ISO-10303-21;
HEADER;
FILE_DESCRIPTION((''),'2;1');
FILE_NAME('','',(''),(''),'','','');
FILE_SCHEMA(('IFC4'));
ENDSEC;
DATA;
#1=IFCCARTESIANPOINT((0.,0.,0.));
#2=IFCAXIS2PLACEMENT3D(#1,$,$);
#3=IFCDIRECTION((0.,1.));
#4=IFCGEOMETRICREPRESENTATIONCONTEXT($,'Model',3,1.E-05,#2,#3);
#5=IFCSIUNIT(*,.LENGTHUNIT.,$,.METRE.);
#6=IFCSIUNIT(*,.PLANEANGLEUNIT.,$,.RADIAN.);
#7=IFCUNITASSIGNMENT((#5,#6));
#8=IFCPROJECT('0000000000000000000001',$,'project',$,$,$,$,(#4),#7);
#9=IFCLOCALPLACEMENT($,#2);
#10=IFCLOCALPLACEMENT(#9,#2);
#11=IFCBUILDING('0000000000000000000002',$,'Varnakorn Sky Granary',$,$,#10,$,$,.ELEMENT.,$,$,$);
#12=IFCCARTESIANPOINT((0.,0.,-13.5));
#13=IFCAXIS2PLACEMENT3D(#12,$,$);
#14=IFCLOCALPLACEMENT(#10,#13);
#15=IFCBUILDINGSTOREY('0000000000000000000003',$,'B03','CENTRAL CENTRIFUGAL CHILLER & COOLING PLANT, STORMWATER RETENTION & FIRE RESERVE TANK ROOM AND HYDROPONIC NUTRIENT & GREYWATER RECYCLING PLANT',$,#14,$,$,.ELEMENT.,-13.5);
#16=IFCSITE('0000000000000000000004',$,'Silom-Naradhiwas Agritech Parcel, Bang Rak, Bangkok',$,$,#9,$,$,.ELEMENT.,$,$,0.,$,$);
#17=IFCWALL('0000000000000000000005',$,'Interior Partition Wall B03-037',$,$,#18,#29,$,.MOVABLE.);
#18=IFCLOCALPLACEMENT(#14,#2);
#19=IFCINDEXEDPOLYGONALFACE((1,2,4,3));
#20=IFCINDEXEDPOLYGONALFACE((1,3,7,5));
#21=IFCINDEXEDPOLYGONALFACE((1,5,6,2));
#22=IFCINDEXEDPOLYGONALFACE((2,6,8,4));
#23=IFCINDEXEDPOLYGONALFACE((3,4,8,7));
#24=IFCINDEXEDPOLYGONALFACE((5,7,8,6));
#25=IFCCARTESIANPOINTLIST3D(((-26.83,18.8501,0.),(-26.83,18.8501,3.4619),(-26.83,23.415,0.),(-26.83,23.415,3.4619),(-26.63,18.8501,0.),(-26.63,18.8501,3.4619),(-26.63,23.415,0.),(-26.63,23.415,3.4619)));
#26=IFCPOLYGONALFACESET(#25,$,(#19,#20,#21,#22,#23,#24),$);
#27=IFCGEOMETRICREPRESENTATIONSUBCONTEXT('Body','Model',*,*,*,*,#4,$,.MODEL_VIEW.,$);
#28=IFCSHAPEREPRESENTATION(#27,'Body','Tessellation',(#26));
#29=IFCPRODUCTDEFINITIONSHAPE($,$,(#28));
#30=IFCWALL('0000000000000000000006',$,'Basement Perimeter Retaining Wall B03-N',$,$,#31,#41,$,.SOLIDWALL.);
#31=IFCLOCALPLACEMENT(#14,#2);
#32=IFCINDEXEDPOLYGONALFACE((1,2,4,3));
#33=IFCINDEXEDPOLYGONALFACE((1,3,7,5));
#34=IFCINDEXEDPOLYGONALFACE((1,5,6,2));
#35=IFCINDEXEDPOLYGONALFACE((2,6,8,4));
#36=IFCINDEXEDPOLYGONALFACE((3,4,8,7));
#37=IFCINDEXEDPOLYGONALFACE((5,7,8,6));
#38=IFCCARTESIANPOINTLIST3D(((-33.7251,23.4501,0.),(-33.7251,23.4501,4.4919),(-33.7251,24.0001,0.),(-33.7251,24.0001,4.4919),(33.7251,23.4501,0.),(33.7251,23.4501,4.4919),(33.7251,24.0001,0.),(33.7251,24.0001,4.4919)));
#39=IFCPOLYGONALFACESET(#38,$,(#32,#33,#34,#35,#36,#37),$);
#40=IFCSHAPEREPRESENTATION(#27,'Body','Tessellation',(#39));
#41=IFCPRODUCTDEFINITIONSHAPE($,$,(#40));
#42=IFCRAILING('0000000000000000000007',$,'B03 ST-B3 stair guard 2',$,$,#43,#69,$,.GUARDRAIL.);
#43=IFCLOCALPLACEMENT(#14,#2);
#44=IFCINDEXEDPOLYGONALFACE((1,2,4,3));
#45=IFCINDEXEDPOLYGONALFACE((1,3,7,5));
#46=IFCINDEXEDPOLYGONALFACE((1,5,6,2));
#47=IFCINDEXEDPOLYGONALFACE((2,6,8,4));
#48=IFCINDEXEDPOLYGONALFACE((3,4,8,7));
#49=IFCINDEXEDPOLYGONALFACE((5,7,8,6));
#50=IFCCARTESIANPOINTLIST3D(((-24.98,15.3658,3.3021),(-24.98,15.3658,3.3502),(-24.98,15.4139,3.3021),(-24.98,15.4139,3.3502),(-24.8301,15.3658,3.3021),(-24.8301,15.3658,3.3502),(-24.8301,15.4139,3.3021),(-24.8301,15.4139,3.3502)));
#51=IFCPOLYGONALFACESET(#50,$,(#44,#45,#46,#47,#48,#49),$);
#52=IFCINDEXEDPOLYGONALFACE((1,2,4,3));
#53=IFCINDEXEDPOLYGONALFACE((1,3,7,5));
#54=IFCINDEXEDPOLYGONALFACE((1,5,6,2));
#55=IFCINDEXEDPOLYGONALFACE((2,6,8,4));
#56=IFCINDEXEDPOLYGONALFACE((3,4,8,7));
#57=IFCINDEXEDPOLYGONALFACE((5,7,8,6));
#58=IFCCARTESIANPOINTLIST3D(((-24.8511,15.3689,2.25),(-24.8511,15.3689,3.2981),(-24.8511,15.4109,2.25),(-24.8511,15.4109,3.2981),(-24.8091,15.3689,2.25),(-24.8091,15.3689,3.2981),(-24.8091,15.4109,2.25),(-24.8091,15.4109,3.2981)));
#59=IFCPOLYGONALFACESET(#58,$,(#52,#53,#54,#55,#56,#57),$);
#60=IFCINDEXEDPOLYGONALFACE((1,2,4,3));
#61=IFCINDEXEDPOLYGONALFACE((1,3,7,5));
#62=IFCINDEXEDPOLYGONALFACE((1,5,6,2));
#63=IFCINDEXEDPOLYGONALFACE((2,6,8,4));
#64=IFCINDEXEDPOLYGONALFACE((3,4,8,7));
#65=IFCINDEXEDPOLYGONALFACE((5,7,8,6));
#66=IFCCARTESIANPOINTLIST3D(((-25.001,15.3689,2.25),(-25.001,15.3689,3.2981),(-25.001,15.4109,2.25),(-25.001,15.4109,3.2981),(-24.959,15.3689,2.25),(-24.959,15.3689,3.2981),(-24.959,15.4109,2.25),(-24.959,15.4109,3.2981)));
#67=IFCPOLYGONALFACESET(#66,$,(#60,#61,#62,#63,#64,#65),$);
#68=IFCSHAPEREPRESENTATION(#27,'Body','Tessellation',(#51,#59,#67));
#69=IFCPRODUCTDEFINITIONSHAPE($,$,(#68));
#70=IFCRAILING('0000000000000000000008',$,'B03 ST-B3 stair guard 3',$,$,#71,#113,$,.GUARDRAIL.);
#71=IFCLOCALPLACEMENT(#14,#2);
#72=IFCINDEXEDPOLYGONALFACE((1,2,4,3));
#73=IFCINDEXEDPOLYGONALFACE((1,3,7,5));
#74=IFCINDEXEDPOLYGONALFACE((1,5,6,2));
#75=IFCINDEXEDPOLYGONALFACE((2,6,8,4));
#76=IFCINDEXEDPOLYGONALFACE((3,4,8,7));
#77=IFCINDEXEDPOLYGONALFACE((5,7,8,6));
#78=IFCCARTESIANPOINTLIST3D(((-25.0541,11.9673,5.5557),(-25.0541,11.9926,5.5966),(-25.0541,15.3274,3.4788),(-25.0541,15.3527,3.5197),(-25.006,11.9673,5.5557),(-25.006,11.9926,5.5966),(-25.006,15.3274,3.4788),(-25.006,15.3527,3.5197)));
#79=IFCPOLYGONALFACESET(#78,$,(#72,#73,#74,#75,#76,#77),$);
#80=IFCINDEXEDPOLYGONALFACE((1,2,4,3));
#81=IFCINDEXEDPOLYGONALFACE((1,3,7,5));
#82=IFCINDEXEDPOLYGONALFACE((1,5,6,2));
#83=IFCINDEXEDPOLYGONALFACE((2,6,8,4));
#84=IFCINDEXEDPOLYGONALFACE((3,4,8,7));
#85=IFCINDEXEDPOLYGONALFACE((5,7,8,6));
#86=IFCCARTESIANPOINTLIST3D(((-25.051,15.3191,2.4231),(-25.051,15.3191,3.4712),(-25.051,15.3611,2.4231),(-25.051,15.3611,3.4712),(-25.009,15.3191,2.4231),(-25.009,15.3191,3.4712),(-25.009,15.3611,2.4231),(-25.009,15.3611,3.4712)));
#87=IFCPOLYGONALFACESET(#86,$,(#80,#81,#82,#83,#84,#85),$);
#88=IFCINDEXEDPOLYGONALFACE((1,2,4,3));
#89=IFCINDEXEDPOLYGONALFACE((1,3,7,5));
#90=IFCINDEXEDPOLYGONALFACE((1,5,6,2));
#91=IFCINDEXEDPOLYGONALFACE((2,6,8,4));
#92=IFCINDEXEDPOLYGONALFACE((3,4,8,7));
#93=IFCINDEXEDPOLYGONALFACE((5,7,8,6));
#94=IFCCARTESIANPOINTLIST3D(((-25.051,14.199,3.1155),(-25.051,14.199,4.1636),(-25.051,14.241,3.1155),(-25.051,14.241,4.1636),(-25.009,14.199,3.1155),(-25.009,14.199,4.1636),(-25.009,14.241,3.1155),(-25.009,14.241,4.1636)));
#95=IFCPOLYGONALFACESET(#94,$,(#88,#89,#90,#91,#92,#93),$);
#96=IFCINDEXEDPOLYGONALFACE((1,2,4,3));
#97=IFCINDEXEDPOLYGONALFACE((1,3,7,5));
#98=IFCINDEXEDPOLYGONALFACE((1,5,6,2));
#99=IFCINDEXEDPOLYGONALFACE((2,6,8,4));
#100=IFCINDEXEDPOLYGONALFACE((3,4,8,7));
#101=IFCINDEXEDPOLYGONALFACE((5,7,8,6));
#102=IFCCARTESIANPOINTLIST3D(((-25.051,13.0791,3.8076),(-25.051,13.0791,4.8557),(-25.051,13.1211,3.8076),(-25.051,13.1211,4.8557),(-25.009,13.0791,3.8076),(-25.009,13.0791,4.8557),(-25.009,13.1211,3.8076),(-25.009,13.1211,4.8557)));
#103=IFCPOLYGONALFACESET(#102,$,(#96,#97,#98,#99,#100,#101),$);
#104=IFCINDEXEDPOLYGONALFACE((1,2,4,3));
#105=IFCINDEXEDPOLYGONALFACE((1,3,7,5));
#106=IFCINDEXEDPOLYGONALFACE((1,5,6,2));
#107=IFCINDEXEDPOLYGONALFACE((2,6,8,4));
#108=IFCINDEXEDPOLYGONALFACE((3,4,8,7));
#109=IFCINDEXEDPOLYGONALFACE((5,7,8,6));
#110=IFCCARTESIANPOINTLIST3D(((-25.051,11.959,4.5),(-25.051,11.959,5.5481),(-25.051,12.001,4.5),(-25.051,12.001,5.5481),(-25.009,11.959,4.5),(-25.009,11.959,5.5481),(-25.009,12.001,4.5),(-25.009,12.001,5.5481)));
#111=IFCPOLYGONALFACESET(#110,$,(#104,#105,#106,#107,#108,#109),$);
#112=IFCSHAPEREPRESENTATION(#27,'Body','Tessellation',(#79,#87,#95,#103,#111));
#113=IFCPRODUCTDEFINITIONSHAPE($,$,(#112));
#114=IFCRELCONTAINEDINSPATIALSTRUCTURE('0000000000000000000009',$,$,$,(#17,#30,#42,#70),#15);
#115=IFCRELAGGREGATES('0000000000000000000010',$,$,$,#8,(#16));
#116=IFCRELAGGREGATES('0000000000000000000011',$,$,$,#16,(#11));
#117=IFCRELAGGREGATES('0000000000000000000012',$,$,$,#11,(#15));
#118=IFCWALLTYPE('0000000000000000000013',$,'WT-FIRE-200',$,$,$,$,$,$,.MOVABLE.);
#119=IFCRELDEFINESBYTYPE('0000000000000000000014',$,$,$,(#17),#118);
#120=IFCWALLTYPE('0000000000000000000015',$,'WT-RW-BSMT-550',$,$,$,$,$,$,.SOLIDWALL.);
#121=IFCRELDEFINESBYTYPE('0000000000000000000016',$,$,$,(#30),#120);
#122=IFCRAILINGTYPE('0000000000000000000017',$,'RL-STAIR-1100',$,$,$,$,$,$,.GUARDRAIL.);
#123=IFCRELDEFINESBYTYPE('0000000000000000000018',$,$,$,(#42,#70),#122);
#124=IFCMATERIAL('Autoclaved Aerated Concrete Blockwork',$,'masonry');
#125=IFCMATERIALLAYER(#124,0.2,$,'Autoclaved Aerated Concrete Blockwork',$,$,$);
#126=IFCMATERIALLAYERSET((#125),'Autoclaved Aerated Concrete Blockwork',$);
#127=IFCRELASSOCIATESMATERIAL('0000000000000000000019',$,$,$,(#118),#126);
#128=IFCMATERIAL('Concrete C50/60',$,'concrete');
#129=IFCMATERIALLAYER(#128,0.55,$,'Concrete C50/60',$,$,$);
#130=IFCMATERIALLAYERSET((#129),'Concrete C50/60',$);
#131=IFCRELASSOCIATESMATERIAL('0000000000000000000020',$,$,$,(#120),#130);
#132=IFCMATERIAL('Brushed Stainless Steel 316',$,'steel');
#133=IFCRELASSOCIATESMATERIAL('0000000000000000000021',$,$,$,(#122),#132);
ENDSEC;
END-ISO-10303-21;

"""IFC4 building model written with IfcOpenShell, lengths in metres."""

from ifc_helpers import new_model, si_unit, direction, frame, frame_2d, origin, origin_2d, place, context, subcontext, project, spatial, rectangle, extrude, material, layer, layer_set, type_object, element, save


model = new_model("IFC4")

# Units and contexts
model_context = context("Model", 3, precision=1e-05, world=origin(), true_north=direction((0.0, 1.0)))
body_context = subcontext(model_context, "Body", "Model", "MODEL_VIEW")
ifc_project = project(units=[si_unit("LENGTHUNIT", "METRE"), si_unit("PLANEANGLEUNIT", "RADIAN")], contexts=[model_context])

# Site, building, storey
site_placement = place(None, origin())
site = spatial("IfcSite", under=ifc_project, at=site_placement, Name="Silom-Naradhiwas Agritech Parcel, Bang Rak, Bangkok", CompositionType="ELEMENT", RefElevation=0.0)
building_placement = place(site_placement, origin())
building = spatial("IfcBuilding", under=site, at=building_placement, Name="Varnakorn Sky Granary", CompositionType="ELEMENT")
storey_placement = place(building_placement, frame((0.0, 0.0, -13.5)))
storey = spatial("IfcBuildingStorey", under=building, at=storey_placement, Name="B03", Description="CENTRAL CENTRIFUGAL CHILLER & COOLING PLANT, STORMWATER RETENTION & FIRE RESERVE TANK ROOM AND HYDROPONIC NUTRIENT & GREYWATER RECYCLING PLANT", CompositionType="ELEMENT", Elevation=-13.5)

# Shared definitions
ifc_material_1 = material(Name="Concrete C50/60", Category="concrete")

# Walls
ifc_material_2 = material(Name="Autoclaved Aerated Concrete Blockwork", Category="masonry")
ifc_layer_1 = layer(ifc_material_2, 0.2, Name="Autoclaved Aerated Concrete Blockwork")
ifc_layer_set_1 = layer_set([ifc_layer_1], Name="Autoclaved Aerated Concrete Blockwork")
wall_type_1 = type_object("IfcWallType", Name="WT-FIRE-200", PredefinedType="MOVABLE", material=ifc_layer_set_1)
wall_1_placement = place(storey_placement, frame((-26.73, 23.415, 0.0), z_axis=(0.0, 0.0, 1.0), x_axis=(0.0, -1.0, 0.0)))
element("IfcWall", 1, at=wall_1_placement, inside=storey, type_object=wall_type_1, Name="Interior Partition Wall B03-037", PredefinedType="MOVABLE", context=body_context, shape_type="SweptSolid", body=[
    extrude(rectangle(XDim=4.5649, YDim=0.2, at=frame_2d((2.2825, 0.0))), origin(), (0.0, 0.0, 1.0), 3.4619),
])
ifc_layer_2 = layer(ifc_material_1, 0.55, Name="Concrete C50/60")
ifc_layer_set_2 = layer_set([ifc_layer_2], Name="Concrete C50/60")
wall_type_2 = type_object("IfcWallType", Name="WT-RW-BSMT-550", PredefinedType="SOLIDWALL", material=ifc_layer_set_2)
wall_2_placement = place(storey_placement, frame((-33.7251, 23.7251, 0.0), z_axis=(0.0, 0.0, 1.0), x_axis=(1.0, 0.0, 0.0)))
element("IfcWall", 2, at=wall_2_placement, inside=storey, type_object=wall_type_2, Name="Basement Perimeter Retaining Wall B03-N", PredefinedType="SOLIDWALL", context=body_context, shape_type="SweptSolid", body=[
    extrude(rectangle(XDim=67.4502, YDim=0.55, at=frame_2d((33.7251, 0.0))), origin(), (0.0, 0.0, 1.0), 4.4919),
])

# Railings
ifc_material_3 = material(Name="Brushed Stainless Steel 316", Category="steel")
railing_type = type_object("IfcRailingType", Name="RL-STAIR-1100", PredefinedType="GUARDRAIL", material=ifc_material_3)
railing_1_placement = place(storey_placement, frame((-24.8301, 15.3899, 2.25)))
element("IfcRailing", 3, at=railing_1_placement, inside=storey, type_object=railing_type, Name="B03 ST-B3 stair guard 2", PredefinedType="GUARDRAIL", context=body_context, shape_type="SweptSolid", body=[
    extrude(rectangle(XDim=0.0481, YDim=0.0481, at=origin_2d()), frame((0.0, 0.0, 1.0762), z_axis=(-1.0, 0.0, 0.0), x_axis=(0.0, -1.0, 0.0)), (0.0, 0.0, 1.0), 0.1499),
    extrude(rectangle(XDim=0.042, YDim=0.042, at=origin_2d()), origin(), (0.0, 0.0, 1.0), 1.0481),
    extrude(rectangle(XDim=0.042, YDim=0.042, at=origin_2d()), frame((-0.1499, 0.0, 0.0)), (0.0, 0.0, 1.0), 1.0481),
])
railing_2_placement = place(storey_placement, frame((-25.03, 15.3401, 2.4231)))
element("IfcRailing", 4, at=railing_2_placement, inside=storey, type_object=railing_type, Name="B03 ST-B3 stair guard 3", PredefinedType="GUARDRAIL", context=body_context, shape_type="SweptSolid", body=[
    extrude(rectangle(XDim=0.0481, YDim=0.0481, at=origin_2d()), frame((0.0, 0.0, 1.0762), z_axis=(0.0, -0.850623, 0.525776), x_axis=(1.0, 0.0, 0.0)), (0.0, 0.0, 1.0), 3.9502),
    extrude(rectangle(XDim=0.042, YDim=0.042, at=origin_2d()), origin(), (0.0, 0.0, 1.0), 1.0481),
    extrude(rectangle(XDim=0.042, YDim=0.042, at=origin_2d()), frame((0.0, -1.1201, 0.6924)), (0.0, 0.0, 1.0), 1.0481),
    extrude(rectangle(XDim=0.042, YDim=0.042, at=origin_2d()), frame((0.0, -2.24, 1.3845)), (0.0, 0.0, 1.0), 1.0481),
    extrude(rectangle(XDim=0.042, YDim=0.042, at=origin_2d()), frame((0.0, -3.3601, 2.0769)), (0.0, 0.0, 1.0), 1.0481),
])

save(model, "model.ifc")
